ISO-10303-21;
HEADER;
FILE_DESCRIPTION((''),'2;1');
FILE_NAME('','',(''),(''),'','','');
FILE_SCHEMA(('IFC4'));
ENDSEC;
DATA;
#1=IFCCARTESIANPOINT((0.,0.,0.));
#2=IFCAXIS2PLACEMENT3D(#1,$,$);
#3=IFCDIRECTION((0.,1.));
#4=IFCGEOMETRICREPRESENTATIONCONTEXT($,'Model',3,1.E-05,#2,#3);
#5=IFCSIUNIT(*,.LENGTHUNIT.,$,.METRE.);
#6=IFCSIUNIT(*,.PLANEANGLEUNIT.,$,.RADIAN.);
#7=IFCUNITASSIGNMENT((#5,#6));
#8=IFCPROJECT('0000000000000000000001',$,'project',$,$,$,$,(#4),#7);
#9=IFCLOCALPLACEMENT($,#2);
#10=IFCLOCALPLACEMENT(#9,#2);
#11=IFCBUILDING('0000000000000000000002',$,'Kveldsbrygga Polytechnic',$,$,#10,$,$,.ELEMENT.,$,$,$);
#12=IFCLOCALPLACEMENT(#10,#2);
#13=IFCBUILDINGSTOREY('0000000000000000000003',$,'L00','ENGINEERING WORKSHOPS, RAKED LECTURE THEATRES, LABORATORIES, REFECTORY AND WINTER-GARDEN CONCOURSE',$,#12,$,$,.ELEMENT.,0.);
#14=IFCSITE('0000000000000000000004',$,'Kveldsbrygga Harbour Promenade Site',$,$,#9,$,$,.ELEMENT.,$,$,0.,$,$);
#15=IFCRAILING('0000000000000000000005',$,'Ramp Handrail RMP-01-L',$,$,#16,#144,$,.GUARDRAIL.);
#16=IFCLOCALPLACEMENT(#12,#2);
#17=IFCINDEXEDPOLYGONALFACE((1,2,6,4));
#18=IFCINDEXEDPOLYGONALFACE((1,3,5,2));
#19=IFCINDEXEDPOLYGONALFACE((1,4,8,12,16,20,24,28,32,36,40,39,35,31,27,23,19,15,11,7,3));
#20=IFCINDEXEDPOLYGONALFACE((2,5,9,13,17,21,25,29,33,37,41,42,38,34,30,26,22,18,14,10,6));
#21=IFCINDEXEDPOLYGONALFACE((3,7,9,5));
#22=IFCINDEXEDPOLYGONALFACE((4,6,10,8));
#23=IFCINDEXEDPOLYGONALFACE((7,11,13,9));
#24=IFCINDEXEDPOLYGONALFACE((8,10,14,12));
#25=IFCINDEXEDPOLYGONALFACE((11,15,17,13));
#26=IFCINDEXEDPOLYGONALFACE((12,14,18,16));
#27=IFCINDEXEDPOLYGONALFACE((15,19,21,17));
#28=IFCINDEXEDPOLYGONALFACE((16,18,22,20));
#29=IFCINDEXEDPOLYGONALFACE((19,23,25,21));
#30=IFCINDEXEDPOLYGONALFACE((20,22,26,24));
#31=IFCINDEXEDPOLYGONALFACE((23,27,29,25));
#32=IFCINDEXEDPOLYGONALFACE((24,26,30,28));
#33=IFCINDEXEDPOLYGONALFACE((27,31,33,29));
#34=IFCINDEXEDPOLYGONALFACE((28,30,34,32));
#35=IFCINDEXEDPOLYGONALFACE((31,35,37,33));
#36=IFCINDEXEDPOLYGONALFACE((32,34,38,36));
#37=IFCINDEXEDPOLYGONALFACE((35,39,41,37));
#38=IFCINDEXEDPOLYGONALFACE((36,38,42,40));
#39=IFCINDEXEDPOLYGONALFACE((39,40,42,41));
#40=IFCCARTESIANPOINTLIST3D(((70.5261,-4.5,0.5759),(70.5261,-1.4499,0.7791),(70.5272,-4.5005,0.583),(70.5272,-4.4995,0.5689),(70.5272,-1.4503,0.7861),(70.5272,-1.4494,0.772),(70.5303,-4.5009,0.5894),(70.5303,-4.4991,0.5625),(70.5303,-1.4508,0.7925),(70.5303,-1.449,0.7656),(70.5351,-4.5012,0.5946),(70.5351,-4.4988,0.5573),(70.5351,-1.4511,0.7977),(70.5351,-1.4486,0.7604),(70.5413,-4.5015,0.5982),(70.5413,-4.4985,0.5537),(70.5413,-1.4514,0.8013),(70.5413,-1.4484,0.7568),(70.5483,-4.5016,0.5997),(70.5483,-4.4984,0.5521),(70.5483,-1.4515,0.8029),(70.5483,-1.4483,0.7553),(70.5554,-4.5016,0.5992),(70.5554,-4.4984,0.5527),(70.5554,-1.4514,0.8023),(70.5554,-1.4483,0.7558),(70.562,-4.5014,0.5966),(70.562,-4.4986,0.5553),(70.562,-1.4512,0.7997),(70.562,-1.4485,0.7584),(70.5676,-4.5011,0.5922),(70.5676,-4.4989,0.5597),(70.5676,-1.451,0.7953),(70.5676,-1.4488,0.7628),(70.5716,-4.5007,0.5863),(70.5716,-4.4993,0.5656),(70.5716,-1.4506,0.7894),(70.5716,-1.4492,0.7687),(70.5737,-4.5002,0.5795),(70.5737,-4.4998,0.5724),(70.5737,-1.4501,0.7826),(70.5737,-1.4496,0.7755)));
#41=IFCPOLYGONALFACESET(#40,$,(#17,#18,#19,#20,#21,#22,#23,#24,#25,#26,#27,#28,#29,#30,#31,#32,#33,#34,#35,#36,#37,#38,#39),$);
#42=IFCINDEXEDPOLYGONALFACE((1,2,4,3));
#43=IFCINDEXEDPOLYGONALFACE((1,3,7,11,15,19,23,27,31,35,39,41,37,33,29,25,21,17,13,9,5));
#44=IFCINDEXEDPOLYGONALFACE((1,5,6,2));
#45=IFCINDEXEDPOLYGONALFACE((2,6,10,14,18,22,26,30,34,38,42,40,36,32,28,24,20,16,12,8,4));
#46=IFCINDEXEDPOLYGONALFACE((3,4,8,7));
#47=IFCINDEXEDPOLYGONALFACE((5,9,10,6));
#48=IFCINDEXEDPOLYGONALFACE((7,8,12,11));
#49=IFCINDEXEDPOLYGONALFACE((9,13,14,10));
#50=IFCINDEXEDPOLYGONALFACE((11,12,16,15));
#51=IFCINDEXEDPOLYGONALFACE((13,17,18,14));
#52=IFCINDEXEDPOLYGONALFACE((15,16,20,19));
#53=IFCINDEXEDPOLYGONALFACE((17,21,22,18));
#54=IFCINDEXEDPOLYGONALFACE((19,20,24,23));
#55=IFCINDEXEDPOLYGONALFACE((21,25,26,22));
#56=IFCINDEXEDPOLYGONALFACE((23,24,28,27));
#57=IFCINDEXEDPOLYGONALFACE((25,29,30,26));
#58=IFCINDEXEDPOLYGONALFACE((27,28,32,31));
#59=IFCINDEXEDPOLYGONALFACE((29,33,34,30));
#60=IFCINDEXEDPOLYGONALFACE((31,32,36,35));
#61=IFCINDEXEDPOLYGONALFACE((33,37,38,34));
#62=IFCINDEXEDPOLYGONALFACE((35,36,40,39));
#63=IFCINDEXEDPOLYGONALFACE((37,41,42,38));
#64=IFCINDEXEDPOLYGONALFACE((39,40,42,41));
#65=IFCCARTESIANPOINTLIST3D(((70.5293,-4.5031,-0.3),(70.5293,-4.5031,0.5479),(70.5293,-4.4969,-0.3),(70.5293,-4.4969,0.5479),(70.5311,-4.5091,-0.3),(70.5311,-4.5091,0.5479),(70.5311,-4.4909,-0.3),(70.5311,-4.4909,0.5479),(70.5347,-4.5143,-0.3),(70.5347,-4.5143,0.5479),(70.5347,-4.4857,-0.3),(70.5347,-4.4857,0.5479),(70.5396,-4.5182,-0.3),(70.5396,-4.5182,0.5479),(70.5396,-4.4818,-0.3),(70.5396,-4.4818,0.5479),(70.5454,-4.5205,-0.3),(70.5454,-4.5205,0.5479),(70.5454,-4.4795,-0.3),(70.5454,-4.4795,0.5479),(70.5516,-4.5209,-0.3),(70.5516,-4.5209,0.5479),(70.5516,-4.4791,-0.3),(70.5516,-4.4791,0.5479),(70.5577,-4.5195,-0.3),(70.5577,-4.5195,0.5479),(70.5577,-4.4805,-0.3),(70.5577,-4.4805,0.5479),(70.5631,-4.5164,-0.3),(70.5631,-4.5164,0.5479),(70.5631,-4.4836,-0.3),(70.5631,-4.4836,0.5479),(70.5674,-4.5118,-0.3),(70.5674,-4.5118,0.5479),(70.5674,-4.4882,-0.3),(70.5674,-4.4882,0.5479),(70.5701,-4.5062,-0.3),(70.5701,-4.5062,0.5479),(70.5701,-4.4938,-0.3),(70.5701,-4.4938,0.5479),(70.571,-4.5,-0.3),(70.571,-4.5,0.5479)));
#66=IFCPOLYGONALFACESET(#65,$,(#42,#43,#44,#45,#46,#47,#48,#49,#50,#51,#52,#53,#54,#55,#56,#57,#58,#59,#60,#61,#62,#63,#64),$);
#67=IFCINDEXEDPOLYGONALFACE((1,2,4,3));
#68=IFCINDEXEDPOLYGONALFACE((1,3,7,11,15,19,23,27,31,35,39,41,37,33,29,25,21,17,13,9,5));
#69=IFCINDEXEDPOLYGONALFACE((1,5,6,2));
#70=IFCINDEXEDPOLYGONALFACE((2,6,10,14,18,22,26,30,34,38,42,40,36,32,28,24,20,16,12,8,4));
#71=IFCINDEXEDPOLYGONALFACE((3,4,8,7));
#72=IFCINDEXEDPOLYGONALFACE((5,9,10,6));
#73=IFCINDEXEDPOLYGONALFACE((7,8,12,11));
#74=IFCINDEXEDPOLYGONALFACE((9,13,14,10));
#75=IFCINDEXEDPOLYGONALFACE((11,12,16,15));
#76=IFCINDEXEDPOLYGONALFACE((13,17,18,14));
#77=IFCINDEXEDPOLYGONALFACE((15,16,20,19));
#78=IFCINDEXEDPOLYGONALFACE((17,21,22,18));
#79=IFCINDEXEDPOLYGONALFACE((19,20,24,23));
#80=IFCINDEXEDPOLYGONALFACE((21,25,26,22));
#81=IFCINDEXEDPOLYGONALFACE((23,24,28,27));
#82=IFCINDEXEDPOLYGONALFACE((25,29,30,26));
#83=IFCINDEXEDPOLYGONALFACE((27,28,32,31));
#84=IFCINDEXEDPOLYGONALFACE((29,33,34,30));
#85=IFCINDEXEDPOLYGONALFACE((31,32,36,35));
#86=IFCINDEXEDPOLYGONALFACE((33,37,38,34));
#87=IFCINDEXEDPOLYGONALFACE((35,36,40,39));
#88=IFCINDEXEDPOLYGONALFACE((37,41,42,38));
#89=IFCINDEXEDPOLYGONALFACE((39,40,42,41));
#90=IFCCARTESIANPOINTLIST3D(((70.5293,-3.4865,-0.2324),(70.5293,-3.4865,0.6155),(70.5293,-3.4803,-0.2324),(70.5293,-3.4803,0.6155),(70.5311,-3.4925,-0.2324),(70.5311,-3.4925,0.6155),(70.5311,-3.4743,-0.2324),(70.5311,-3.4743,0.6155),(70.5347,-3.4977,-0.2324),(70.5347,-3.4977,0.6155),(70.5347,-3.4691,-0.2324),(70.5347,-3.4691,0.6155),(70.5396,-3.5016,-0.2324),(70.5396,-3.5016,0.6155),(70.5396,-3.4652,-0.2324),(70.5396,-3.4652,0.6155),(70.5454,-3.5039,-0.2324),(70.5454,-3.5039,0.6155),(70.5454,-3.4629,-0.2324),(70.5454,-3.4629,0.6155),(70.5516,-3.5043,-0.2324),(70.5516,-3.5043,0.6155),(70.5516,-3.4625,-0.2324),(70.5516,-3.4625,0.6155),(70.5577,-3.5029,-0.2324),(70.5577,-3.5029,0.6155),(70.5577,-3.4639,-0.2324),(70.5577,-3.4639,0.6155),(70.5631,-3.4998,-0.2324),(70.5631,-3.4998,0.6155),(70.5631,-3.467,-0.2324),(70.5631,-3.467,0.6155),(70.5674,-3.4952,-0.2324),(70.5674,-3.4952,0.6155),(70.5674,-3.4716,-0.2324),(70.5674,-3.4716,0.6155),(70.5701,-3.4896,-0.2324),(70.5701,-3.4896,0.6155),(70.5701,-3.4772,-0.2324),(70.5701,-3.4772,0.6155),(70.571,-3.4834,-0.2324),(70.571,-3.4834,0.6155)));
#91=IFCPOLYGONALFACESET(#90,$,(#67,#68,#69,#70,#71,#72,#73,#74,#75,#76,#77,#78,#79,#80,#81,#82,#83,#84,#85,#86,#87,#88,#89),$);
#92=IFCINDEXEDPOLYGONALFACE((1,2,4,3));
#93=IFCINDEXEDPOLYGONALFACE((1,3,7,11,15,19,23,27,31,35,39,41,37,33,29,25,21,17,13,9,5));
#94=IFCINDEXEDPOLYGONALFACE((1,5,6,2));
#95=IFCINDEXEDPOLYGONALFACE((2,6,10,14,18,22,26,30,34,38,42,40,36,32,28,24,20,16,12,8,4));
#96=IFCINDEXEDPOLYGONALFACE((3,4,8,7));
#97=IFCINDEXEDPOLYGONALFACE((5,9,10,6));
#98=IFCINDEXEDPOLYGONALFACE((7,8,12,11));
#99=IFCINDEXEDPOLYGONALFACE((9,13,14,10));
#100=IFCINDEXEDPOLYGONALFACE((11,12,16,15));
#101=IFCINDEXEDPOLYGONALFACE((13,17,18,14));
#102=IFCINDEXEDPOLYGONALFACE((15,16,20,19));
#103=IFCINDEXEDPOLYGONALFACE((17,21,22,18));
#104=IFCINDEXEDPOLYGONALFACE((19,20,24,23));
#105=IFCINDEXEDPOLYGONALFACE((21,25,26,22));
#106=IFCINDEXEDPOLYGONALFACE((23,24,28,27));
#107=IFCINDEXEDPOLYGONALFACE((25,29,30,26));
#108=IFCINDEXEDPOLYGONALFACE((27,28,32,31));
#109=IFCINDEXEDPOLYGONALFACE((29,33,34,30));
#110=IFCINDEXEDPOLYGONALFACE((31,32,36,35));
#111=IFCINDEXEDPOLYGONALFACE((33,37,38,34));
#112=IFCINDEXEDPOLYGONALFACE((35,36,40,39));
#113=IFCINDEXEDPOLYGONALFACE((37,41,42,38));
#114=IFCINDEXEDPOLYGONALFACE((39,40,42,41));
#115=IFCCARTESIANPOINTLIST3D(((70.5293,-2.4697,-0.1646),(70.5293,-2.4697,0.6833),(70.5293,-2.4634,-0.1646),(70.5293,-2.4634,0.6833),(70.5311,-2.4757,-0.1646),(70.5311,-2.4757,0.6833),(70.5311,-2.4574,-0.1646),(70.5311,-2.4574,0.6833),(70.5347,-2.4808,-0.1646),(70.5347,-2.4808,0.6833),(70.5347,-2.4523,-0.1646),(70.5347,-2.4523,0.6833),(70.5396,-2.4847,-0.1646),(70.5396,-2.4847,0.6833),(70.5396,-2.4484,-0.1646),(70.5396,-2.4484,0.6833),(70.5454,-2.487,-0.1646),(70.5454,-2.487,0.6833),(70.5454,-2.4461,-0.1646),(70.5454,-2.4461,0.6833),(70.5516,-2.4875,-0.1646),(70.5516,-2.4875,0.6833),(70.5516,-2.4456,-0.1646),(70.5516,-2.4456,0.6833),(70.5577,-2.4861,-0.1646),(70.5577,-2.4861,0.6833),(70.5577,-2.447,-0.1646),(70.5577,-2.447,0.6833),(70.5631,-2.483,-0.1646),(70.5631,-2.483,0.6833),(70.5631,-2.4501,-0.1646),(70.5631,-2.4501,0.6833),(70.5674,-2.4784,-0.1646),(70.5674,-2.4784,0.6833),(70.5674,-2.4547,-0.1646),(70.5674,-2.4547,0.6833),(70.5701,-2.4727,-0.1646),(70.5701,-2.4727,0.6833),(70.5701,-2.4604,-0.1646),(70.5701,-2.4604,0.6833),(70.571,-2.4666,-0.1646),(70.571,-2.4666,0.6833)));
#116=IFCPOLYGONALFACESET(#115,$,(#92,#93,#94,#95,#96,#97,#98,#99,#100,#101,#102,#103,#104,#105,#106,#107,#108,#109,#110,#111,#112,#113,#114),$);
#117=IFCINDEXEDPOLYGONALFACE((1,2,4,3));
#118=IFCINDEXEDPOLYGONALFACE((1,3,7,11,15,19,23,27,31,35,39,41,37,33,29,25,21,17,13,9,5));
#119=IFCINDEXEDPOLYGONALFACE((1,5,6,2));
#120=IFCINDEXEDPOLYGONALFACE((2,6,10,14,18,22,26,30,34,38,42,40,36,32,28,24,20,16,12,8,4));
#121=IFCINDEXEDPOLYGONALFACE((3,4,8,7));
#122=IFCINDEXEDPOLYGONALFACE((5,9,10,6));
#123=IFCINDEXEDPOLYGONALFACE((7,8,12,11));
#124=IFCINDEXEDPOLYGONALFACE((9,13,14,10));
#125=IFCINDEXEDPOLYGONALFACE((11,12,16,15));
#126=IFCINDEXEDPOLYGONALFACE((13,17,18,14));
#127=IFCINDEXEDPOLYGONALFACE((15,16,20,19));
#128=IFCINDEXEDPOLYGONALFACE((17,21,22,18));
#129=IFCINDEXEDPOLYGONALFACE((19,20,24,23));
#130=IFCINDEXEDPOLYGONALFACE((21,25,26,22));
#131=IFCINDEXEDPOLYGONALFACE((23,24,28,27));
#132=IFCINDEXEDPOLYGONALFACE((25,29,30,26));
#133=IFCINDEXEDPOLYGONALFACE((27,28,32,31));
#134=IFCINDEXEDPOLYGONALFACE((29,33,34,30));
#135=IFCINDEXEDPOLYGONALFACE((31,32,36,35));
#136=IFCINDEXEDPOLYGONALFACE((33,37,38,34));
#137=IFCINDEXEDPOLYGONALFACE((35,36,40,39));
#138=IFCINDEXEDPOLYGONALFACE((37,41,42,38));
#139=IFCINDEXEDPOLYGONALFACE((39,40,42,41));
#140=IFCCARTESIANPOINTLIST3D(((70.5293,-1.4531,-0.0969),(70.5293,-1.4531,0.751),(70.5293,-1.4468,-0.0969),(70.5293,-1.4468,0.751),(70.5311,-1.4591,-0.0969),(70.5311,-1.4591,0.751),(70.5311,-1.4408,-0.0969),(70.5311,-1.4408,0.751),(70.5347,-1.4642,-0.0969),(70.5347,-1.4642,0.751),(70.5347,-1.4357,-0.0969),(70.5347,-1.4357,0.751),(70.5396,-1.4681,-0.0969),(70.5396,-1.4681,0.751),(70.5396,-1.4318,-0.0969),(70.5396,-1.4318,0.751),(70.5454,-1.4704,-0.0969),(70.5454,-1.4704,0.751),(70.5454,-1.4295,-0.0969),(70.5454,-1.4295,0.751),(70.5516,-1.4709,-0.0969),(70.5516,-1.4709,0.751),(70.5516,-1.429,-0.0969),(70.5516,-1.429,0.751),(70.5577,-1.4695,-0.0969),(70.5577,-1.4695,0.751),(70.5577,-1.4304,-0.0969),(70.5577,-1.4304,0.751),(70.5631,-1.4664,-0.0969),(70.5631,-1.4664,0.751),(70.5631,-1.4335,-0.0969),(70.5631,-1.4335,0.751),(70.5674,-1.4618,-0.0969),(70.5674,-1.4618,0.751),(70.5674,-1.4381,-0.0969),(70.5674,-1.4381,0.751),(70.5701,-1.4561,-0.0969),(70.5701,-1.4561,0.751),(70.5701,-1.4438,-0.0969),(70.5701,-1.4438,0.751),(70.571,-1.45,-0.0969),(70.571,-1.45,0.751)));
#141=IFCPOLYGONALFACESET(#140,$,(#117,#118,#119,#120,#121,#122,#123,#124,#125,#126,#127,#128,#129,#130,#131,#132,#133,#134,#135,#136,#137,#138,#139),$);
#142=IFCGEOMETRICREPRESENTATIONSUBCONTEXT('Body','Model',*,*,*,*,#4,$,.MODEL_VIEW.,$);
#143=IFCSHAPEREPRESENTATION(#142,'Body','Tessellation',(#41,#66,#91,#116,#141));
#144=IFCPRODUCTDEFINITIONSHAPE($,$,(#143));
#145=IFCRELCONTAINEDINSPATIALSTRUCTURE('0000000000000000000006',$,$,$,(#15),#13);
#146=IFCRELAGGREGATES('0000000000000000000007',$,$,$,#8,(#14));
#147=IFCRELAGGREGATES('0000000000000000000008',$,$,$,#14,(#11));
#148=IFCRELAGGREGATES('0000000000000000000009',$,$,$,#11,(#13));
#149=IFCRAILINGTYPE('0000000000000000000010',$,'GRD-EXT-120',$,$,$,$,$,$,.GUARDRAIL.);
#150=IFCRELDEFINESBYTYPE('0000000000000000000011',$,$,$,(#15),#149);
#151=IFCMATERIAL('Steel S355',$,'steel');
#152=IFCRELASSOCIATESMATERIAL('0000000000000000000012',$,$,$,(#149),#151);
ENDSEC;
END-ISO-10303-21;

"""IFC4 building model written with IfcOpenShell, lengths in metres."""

from ifc_helpers import new_model, si_unit, direction, frame, origin, origin_2d, place, context, subcontext, project, spatial, circle, extrude, material, type_object, element, save


model = new_model("IFC4")

# Units and contexts
model_context = context("Model", 3, precision=1e-05, world=origin(), true_north=direction((0.0, 1.0)))
body_context = subcontext(model_context, "Body", "Model", "MODEL_VIEW")
ifc_project = project(units=[si_unit("LENGTHUNIT", "METRE"), si_unit("PLANEANGLEUNIT", "RADIAN")], contexts=[model_context])

# Site, building, storey
site_placement = place(None, origin())
site = spatial("IfcSite", under=ifc_project, at=site_placement, Name="Kveldsbrygga Harbour Promenade Site", CompositionType="ELEMENT", RefElevation=0.0)
building_placement = place(site_placement, origin())
building = spatial("IfcBuilding", under=site, at=building_placement, Name="Kveldsbrygga Polytechnic", CompositionType="ELEMENT")
storey_placement = place(building_placement, origin())
storey = spatial("IfcBuildingStorey", under=building, at=storey_placement, Name="L00", Description="ENGINEERING WORKSHOPS, RAKED LECTURE THEATRES, LABORATORIES, REFECTORY AND WINTER-GARDEN CONCOURSE", CompositionType="ELEMENT", Elevation=0.0)

# Shared definitions
ifc_material_1 = material(Name="Steel S355", Category="steel")

# Railing
railing_type = type_object("IfcRailingType", Name="GRD-EXT-120", PredefinedType="GUARDRAIL", material=ifc_material_1)
for number, where, name in (
    (1, (70.55, -4.5, -0.3), "Ramp Handrail RMP-01-L"),
):
    element("IfcRailing", number, at=place(storey_placement, frame(where)), inside=storey, type_object=railing_type, Name=name, PredefinedType="GUARDRAIL", context=body_context, shape_type="SweptSolid", body=[
        extrude(circle(Radius=0.0239, at=origin_2d()), frame((0.0, 0.0, 0.876), z_axis=(0.0, 0.99779, 0.06645), x_axis=(-1.0, 0.0, 0.0)), (0.0, 0.0, 1.0), 3.0569),
        extrude(circle(Radius=0.021, at=origin_2d()), origin(), (0.0, 0.0, 1.0), 0.8479),
        extrude(circle(Radius=0.021, at=origin_2d()), frame((0.0, 1.0166, 0.0676)), (0.0, 0.0, 1.0), 0.8479),
        extrude(circle(Radius=0.021, at=origin_2d()), frame((0.0, 2.0334, 0.1355)), (0.0, 0.0, 1.0), 0.8479),
        extrude(circle(Radius=0.021, at=origin_2d()), frame((0.0, 3.05, 0.2031)), (0.0, 0.0, 1.0), 0.8479),
    ])

save(model, "model.ifc")
